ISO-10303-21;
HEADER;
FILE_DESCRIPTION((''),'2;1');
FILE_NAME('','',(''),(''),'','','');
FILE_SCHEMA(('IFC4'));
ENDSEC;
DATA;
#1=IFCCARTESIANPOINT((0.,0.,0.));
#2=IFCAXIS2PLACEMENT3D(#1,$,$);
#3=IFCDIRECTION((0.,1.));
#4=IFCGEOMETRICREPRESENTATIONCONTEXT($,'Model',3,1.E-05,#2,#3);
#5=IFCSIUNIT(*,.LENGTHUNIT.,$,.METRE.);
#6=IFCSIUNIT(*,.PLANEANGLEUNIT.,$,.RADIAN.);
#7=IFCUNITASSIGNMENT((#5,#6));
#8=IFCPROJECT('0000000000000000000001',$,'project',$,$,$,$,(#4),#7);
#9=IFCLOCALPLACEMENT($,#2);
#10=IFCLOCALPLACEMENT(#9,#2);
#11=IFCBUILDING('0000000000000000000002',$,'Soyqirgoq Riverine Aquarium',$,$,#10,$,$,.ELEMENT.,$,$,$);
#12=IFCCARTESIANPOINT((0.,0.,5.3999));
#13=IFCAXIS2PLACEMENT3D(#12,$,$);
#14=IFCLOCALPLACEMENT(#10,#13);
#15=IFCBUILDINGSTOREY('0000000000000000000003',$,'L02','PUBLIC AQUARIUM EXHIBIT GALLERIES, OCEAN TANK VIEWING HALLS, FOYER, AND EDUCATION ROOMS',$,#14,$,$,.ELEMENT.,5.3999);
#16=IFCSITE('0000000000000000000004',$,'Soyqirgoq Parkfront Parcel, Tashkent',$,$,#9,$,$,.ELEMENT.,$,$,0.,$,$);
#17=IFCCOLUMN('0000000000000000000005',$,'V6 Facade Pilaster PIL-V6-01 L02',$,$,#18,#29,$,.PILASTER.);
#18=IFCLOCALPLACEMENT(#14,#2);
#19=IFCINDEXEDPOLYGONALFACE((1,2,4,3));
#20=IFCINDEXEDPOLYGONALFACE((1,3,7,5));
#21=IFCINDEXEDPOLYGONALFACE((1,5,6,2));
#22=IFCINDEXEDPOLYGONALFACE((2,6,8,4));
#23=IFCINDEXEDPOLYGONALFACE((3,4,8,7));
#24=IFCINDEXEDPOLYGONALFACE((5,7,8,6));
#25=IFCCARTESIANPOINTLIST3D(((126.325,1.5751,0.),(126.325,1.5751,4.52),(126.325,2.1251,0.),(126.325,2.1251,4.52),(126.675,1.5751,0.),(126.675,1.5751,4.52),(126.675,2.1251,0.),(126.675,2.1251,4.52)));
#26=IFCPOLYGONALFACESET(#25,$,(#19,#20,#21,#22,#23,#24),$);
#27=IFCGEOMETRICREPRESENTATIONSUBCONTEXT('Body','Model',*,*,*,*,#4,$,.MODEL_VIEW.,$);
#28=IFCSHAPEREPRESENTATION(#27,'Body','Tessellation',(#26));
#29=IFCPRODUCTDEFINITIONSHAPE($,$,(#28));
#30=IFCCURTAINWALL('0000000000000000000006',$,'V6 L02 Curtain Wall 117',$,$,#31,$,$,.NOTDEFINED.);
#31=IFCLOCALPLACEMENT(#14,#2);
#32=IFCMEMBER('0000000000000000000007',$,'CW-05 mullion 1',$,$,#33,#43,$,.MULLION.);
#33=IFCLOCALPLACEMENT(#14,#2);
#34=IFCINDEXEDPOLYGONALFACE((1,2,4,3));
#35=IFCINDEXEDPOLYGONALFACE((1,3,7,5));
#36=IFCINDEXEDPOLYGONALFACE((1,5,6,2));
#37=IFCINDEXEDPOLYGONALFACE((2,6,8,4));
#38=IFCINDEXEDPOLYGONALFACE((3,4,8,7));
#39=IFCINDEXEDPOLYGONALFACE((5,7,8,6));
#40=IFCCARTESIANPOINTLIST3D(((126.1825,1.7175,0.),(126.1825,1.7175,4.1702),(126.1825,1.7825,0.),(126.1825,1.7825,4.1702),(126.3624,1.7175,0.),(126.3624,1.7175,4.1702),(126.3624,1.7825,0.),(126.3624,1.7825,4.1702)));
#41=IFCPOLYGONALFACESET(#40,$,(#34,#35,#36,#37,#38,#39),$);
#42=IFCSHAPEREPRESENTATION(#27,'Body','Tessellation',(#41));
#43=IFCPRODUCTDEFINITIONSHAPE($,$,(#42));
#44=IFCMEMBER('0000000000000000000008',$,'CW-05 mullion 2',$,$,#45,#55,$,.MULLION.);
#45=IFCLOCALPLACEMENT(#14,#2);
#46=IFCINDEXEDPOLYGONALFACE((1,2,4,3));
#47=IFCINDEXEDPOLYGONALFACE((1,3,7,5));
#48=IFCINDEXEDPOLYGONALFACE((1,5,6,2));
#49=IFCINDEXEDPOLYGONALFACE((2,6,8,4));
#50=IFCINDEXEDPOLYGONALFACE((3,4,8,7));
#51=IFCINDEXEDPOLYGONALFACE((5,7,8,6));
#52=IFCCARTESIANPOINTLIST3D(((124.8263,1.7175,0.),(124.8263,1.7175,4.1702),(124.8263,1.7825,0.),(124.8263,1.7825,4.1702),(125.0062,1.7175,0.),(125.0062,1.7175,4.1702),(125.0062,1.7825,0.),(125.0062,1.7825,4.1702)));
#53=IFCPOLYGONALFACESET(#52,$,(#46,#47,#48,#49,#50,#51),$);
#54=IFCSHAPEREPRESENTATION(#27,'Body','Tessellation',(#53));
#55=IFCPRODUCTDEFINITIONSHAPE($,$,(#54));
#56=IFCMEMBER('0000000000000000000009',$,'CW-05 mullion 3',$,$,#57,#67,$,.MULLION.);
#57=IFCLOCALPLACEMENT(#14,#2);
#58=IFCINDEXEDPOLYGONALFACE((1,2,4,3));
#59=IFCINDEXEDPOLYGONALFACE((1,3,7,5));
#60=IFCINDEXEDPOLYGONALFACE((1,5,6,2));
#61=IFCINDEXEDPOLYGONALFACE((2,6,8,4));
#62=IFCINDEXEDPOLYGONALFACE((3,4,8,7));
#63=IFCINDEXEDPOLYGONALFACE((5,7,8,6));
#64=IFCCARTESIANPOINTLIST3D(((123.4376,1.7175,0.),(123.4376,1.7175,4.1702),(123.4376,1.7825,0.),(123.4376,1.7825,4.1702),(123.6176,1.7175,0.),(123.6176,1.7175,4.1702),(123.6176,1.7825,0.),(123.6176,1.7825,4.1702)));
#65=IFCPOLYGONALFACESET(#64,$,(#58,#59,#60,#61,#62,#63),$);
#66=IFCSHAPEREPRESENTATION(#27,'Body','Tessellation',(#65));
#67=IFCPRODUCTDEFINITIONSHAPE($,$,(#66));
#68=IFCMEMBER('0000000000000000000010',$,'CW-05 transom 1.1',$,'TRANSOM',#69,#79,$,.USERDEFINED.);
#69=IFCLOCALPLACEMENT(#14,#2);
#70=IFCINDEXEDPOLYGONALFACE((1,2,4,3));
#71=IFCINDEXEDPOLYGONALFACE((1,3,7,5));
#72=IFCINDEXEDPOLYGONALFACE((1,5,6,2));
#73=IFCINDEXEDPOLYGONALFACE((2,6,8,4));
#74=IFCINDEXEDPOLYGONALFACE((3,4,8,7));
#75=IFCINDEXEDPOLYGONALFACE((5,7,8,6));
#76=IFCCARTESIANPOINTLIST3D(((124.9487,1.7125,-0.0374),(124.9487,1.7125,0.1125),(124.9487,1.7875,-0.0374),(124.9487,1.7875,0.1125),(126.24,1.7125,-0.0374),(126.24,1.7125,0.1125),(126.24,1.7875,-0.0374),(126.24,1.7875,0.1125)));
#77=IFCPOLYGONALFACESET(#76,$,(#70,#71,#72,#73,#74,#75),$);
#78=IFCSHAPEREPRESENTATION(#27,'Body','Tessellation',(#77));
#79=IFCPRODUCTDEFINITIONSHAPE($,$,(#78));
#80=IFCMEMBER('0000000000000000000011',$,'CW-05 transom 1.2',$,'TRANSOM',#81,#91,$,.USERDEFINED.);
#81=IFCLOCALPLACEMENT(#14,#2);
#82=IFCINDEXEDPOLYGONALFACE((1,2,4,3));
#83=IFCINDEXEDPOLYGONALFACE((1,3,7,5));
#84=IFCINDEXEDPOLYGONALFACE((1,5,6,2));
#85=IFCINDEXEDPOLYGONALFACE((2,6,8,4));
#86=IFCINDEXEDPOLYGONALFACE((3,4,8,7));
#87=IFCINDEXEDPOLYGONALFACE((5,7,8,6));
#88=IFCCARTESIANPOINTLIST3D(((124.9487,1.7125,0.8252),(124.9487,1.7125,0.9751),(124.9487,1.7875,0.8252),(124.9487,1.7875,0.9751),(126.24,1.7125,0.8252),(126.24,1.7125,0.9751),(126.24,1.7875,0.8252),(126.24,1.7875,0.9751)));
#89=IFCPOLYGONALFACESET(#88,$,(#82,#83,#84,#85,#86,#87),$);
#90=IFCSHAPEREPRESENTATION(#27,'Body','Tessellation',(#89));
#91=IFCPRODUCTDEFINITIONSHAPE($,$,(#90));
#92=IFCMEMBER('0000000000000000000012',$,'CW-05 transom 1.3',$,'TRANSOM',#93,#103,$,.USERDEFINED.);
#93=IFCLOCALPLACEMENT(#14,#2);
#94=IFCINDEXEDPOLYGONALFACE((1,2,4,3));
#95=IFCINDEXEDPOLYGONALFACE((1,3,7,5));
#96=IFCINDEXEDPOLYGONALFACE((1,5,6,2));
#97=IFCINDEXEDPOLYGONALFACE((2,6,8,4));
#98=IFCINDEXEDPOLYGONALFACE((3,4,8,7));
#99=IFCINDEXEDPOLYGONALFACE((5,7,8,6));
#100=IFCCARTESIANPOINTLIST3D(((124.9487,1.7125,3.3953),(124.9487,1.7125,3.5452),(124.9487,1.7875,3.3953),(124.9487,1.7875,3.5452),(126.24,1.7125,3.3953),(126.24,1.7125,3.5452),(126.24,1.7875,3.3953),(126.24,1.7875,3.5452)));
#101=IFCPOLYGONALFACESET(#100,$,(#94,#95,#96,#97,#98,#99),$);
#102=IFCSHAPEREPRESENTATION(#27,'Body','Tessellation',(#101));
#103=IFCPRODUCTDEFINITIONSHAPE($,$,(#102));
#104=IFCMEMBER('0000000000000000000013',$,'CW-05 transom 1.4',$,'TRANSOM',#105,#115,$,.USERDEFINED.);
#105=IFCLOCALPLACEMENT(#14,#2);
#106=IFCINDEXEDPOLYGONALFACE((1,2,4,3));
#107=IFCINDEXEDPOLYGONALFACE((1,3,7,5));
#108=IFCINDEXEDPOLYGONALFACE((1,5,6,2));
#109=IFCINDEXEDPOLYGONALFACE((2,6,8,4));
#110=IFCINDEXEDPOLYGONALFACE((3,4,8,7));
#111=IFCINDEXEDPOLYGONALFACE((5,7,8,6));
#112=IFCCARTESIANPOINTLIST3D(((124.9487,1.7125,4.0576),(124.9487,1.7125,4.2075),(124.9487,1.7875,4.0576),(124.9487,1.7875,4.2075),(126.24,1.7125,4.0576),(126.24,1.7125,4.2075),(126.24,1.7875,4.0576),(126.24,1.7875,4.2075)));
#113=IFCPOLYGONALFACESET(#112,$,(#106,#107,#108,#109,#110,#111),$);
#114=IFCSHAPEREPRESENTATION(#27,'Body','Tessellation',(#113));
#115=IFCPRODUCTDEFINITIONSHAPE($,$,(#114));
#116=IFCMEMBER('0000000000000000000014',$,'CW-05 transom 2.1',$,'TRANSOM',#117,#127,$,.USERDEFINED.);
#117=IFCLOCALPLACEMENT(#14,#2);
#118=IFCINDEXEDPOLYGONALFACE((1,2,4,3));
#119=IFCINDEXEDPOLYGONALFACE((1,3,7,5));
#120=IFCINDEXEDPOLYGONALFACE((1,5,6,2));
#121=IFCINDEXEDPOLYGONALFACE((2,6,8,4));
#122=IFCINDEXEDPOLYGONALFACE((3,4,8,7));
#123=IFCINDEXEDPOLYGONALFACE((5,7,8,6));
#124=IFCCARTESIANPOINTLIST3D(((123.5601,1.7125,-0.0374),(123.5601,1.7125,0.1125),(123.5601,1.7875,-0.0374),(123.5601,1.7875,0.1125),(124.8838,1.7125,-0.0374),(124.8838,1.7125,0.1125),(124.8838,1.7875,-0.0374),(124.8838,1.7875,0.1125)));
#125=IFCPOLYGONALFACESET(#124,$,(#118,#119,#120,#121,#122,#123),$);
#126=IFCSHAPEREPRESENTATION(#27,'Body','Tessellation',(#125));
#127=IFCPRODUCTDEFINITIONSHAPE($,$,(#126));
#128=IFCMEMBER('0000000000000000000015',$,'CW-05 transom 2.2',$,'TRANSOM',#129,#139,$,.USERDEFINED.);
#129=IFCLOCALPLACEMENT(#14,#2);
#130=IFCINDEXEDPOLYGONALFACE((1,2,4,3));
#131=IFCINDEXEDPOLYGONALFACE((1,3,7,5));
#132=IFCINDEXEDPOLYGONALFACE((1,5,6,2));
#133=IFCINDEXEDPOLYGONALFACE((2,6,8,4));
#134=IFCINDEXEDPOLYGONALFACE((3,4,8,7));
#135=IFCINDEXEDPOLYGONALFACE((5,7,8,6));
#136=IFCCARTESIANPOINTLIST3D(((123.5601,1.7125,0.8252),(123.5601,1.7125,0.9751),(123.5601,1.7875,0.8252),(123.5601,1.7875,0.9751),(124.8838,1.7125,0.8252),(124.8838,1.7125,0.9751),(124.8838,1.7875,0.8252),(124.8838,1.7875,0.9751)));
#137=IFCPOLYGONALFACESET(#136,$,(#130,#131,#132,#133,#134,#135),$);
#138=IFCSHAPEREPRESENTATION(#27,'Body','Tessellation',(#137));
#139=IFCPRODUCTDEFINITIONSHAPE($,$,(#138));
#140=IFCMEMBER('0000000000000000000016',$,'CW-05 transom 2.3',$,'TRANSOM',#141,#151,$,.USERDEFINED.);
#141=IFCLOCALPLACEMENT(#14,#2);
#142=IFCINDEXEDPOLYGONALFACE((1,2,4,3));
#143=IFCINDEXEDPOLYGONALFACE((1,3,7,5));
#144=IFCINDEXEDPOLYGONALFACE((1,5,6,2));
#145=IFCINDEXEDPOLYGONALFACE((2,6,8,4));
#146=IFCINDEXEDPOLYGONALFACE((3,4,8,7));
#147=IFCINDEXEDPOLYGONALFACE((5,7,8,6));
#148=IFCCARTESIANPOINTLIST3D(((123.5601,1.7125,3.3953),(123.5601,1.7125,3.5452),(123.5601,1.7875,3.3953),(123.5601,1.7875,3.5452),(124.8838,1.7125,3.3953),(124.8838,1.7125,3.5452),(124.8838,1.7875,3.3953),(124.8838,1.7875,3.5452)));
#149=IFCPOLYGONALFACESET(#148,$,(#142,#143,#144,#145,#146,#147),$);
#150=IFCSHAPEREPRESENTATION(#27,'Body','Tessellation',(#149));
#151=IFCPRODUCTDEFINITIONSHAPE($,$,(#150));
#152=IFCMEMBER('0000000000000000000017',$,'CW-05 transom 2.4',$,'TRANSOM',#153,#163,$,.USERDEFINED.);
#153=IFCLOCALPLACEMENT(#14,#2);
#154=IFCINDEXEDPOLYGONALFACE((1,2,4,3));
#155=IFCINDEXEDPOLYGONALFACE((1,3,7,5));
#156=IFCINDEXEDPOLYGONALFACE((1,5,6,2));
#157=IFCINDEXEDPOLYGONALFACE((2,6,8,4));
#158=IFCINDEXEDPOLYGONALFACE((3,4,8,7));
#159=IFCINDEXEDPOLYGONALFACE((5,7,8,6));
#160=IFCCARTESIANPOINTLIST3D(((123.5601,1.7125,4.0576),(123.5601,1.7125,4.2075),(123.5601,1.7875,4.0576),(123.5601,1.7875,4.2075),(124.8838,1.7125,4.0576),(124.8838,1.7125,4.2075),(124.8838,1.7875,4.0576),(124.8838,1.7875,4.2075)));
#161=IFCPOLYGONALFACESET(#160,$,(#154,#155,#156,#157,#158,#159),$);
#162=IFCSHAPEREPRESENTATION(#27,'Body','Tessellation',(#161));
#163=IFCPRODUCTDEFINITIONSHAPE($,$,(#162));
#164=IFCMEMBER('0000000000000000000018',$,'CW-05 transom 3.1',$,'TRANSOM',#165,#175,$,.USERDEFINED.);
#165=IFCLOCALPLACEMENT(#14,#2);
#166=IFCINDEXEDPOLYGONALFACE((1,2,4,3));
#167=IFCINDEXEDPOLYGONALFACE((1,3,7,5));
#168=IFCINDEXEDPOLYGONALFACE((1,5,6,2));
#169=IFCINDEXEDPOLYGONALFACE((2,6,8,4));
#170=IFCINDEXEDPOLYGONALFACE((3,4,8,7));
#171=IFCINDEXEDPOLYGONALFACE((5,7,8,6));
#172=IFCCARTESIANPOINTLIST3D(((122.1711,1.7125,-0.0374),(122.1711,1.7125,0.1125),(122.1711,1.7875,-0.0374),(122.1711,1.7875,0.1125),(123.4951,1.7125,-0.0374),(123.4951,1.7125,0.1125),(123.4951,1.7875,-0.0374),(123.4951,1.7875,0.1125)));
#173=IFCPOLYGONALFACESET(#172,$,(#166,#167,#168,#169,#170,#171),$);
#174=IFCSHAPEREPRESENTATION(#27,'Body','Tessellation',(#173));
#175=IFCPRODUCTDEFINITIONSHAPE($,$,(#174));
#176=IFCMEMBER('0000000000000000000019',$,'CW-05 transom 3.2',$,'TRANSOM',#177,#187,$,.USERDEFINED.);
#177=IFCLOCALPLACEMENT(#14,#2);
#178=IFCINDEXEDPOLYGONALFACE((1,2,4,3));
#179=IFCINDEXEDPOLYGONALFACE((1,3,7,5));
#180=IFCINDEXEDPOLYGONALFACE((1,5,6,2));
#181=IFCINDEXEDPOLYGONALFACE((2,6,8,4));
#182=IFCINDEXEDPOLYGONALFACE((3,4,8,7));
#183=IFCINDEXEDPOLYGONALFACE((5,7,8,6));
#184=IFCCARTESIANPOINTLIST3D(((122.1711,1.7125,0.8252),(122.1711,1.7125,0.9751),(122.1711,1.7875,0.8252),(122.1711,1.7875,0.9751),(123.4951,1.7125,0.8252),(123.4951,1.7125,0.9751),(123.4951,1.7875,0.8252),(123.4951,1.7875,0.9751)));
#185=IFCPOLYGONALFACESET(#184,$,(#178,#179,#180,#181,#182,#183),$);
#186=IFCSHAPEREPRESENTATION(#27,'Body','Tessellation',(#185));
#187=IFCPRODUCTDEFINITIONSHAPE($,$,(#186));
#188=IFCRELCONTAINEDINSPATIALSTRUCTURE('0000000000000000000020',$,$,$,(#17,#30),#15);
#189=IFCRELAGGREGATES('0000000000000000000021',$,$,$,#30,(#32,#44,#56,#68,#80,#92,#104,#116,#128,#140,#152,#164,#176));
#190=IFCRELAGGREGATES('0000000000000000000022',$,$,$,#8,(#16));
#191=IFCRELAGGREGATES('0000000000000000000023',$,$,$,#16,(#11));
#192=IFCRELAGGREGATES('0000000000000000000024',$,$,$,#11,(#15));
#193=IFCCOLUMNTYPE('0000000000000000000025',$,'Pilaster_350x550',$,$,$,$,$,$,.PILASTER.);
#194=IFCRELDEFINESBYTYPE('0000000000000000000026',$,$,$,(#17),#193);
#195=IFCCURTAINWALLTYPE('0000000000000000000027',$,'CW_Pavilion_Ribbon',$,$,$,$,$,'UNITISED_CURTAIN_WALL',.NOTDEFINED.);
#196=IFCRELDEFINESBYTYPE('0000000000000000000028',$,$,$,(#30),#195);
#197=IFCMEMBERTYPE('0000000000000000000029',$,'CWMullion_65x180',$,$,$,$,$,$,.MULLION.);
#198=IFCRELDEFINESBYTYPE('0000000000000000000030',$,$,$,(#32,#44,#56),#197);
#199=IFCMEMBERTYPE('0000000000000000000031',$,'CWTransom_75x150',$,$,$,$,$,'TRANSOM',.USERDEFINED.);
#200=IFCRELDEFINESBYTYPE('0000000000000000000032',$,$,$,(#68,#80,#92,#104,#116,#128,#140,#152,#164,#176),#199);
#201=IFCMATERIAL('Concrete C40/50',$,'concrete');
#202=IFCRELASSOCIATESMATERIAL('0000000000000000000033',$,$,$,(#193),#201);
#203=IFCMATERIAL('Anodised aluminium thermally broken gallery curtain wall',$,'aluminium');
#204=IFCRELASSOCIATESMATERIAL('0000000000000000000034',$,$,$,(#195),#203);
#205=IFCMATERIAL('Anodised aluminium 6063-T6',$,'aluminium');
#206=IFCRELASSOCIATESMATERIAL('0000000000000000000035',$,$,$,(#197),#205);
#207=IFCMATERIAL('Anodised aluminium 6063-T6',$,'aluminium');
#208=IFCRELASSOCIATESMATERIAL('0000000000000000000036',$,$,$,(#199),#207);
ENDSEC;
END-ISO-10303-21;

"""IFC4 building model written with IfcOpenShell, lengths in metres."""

from ifc_helpers import new_model, si_unit, direction, frame, origin, origin_2d, place, context, subcontext, project, spatial, rectangle, extrude, material, material_profile, profile_set, type_object, element, aggregate, save


model = new_model("IFC4")

# Units and contexts
model_context = context("Model", 3, precision=1e-05, world=origin(), true_north=direction((0.0, 1.0)))
body_context = subcontext(model_context, "Body", "Model", "MODEL_VIEW")
ifc_project = project(units=[si_unit("LENGTHUNIT", "METRE"), si_unit("PLANEANGLEUNIT", "RADIAN")], contexts=[model_context])

# Site, building, storey
site_placement = place(None, origin())
site = spatial("IfcSite", under=ifc_project, at=site_placement, Name="Soyqirgoq Parkfront Parcel, Tashkent", CompositionType="ELEMENT", RefElevation=0.0)
building_placement = place(site_placement, origin())
building = spatial("IfcBuilding", under=site, at=building_placement, Name="Soyqirgoq Riverine Aquarium", CompositionType="ELEMENT")
storey_placement = place(building_placement, frame((0.0, 0.0, 5.3999)))
storey = spatial("IfcBuildingStorey", under=building, at=storey_placement, Name="L02", Description="PUBLIC AQUARIUM EXHIBIT GALLERIES, OCEAN TANK VIEWING HALLS, FOYER, AND EDUCATION ROOMS", CompositionType="ELEMENT", Elevation=5.3999)

# Column
ifc_material_1 = material(Name="Concrete C40/50", Category="concrete")
ifc_material_profile_1 = material_profile(ifc_material_1, rectangle(XDim=0.3501, YDim=0.55, at=origin_2d()), Name="RC-PIL 350x550")
ifc_profile_set_1 = profile_set([ifc_material_profile_1], Name="Concrete C40/50")
column_type = type_object("IfcColumnType", Name="Pilaster_350x550", PredefinedType="PILASTER", material=ifc_profile_set_1)
column_placement = place(storey_placement, frame((126.5, 1.8501, 0.0), z_axis=(0.0, 0.0, 1.0), x_axis=(1.0, 0.0, 0.0)))
element("IfcColumn", 1, at=column_placement, inside=storey, type_object=column_type, Name="V6 Facade Pilaster PIL-V6-01 L02", PredefinedType="PILASTER", context=body_context, shape_type="SweptSolid", body=[
    extrude(rectangle(XDim=0.3501, YDim=0.55, at=origin_2d()), origin(), (0.0, 0.0, 1.0), 4.52),
])

# Curtain wall, members
ifc_material_2 = material(Name="Anodised aluminium thermally broken gallery curtain wall", Category="aluminium")
curtain_wall_type = type_object("IfcCurtainWallType", Name="CW_Pavilion_Ribbon", ElementType="UNITISED_CURTAIN_WALL", PredefinedType="NOTDEFINED", material=ifc_material_2)
curtain_wall_placement = place(storey_placement, origin())
curtain_wall = element("IfcCurtainWall", 2, at=curtain_wall_placement, inside=storey, type_object=curtain_wall_type, Name="V6 L02 Curtain Wall 117", PredefinedType="NOTDEFINED")
ifc_material_3 = material(Name="Anodised aluminium 6063-T6", Category="aluminium")
ifc_material_profile_2 = material_profile(ifc_material_3, rectangle(XDim=0.0649, YDim=0.1799, at=origin_2d()), Name="ALU-M 65x180")
ifc_profile_set_2 = profile_set([ifc_material_profile_2], Name="Anodised aluminium 6063-T6")
member_type_1 = type_object("IfcMemberType", Name="CWMullion_65x180", PredefinedType="MULLION", material=ifc_profile_set_2)
member_1_placement = place(storey_placement, frame((126.2725, 1.75, 0.0), z_axis=(0.0, 0.0, 1.0), x_axis=(0.0, -1.0, 0.0)))
member_1 = element("IfcMember", 3, at=member_1_placement, type_object=member_type_1, Name="CW-05 mullion 1", PredefinedType="MULLION", context=body_context, shape_type="SweptSolid", body=[
    extrude(rectangle(XDim=0.0649, YDim=0.1799, at=origin_2d()), origin(), (0.0, 0.0, 1.0), 4.1702),
])
member_2_placement = place(storey_placement, frame((124.9163, 1.75, 0.0), z_axis=(0.0, 0.0, 1.0), x_axis=(0.0, -1.0, 0.0)))
member_2 = element("IfcMember", 4, at=member_2_placement, type_object=member_type_1, Name="CW-05 mullion 2", PredefinedType="MULLION", context=body_context, shape_type="SweptSolid", body=[
    extrude(rectangle(XDim=0.0649, YDim=0.1799, at=origin_2d()), origin(), (0.0, 0.0, 1.0), 4.1702),
])
member_3_placement = place(storey_placement, frame((123.5276, 1.75, 0.0), z_axis=(0.0, 0.0, 1.0), x_axis=(0.0, -1.0, 0.0)))
member_3 = element("IfcMember", 5, at=member_3_placement, type_object=member_type_1, Name="CW-05 mullion 3", PredefinedType="MULLION", context=body_context, shape_type="SweptSolid", body=[
    extrude(rectangle(XDim=0.0649, YDim=0.1799, at=origin_2d()), origin(), (0.0, 0.0, 1.0), 4.1702),
])
ifc_material_4 = material(Name="Anodised aluminium 6063-T6", Category="aluminium")
ifc_material_profile_3 = material_profile(ifc_material_4, rectangle(XDim=0.075, YDim=0.1499, at=origin_2d()), Name="ALU-T 75x150")
ifc_profile_set_3 = profile_set([ifc_material_profile_3], Name="Anodised aluminium 6063-T6")
member_type_2 = type_object("IfcMemberType", Name="CWTransom_75x150", ElementType="TRANSOM", PredefinedType="USERDEFINED", material=ifc_profile_set_3)
member_4_placement = place(storey_placement, frame((126.24, 1.75, 0.0376), z_axis=(-1.0, 0.0, 0.0), x_axis=(0.0, -1.0, 0.0)))
member_4 = element("IfcMember", 6, at=member_4_placement, type_object=member_type_2, Name="CW-05 transom 1.1", ObjectType="TRANSOM", PredefinedType="USERDEFINED", context=body_context, shape_type="SweptSolid", body=[
    extrude(rectangle(XDim=0.075, YDim=0.1499, at=origin_2d()), origin(), (0.0, 0.0, 1.0), 1.2913),
])
member_5_placement = place(storey_placement, frame((126.24, 1.75, 0.9001), z_axis=(-1.0, 0.0, 0.0), x_axis=(0.0, -1.0, 0.0)))
member_5 = element("IfcMember", 7, at=member_5_placement, type_object=member_type_2, Name="CW-05 transom 1.2", ObjectType="TRANSOM", PredefinedType="USERDEFINED", context=body_context, shape_type="SweptSolid", body=[
    extrude(rectangle(XDim=0.075, YDim=0.1499, at=origin_2d()), origin(), (0.0, 0.0, 1.0), 1.2913),
])
member_6_placement = place(storey_placement, frame((126.24, 1.75, 3.4702), z_axis=(-1.0, 0.0, 0.0), x_axis=(0.0, -1.0, 0.0)))
member_6 = element("IfcMember", 8, at=member_6_placement, type_object=member_type_2, Name="CW-05 transom 1.3", ObjectType="TRANSOM", PredefinedType="USERDEFINED", context=body_context, shape_type="SweptSolid", body=[
    extrude(rectangle(XDim=0.075, YDim=0.1499, at=origin_2d()), origin(), (0.0, 0.0, 1.0), 1.2913),
])
member_7_placement = place(storey_placement, frame((126.24, 1.75, 4.1326), z_axis=(-1.0, 0.0, 0.0), x_axis=(0.0, -1.0, 0.0)))
member_7 = element("IfcMember", 9, at=member_7_placement, type_object=member_type_2, Name="CW-05 transom 1.4", ObjectType="TRANSOM", PredefinedType="USERDEFINED", context=body_context, shape_type="SweptSolid", body=[
    extrude(rectangle(XDim=0.075, YDim=0.1499, at=origin_2d()), origin(), (0.0, 0.0, 1.0), 1.2913),
])
member_8_placement = place(storey_placement, frame((124.8838, 1.75, 0.0376), z_axis=(-1.0, 0.0, 0.0), x_axis=(0.0, -1.0, 0.0)))
member_8 = element("IfcMember", 10, at=member_8_placement, type_object=member_type_2, Name="CW-05 transom 2.1", ObjectType="TRANSOM", PredefinedType="USERDEFINED", context=body_context, shape_type="SweptSolid", body=[
    extrude(rectangle(XDim=0.075, YDim=0.1499, at=origin_2d()), origin(), (0.0, 0.0, 1.0), 1.3237),
])
member_9_placement = place(storey_placement, frame((124.8838, 1.75, 0.9001), z_axis=(-1.0, 0.0, 0.0), x_axis=(0.0, -1.0, 0.0)))
member_9 = element("IfcMember", 11, at=member_9_placement, type_object=member_type_2, Name="CW-05 transom 2.2", ObjectType="TRANSOM", PredefinedType="USERDEFINED", context=body_context, shape_type="SweptSolid", body=[
    extrude(rectangle(XDim=0.075, YDim=0.1499, at=origin_2d()), origin(), (0.0, 0.0, 1.0), 1.3237),
])
member_10_placement = place(storey_placement, frame((124.8838, 1.75, 3.4702), z_axis=(-1.0, 0.0, 0.0), x_axis=(0.0, -1.0, 0.0)))
member_10 = element("IfcMember", 12, at=member_10_placement, type_object=member_type_2, Name="CW-05 transom 2.3", ObjectType="TRANSOM", PredefinedType="USERDEFINED", context=body_context, shape_type="SweptSolid", body=[
    extrude(rectangle(XDim=0.075, YDim=0.1499, at=origin_2d()), origin(), (0.0, 0.0, 1.0), 1.3237),
])
member_11_placement = place(storey_placement, frame((124.8838, 1.75, 4.1326), z_axis=(-1.0, 0.0, 0.0), x_axis=(0.0, -1.0, 0.0)))
member_11 = element("IfcMember", 13, at=member_11_placement, type_object=member_type_2, Name="CW-05 transom 2.4", ObjectType="TRANSOM", PredefinedType="USERDEFINED", context=body_context, shape_type="SweptSolid", body=[
    extrude(rectangle(XDim=0.075, YDim=0.1499, at=origin_2d()), origin(), (0.0, 0.0, 1.0), 1.3237),
])
member_12_placement = place(storey_placement, frame((123.4951, 1.75, 0.0376), z_axis=(-1.0, 0.0, 0.0), x_axis=(0.0, -1.0, 0.0)))
member_12 = element("IfcMember", 14, at=member_12_placement, type_object=member_type_2, Name="CW-05 transom 3.1", ObjectType="TRANSOM", PredefinedType="USERDEFINED", context=body_context, shape_type="SweptSolid", body=[
    extrude(rectangle(XDim=0.075, YDim=0.1499, at=origin_2d()), origin(), (0.0, 0.0, 1.0), 1.324),
])
member_13_placement = place(storey_placement, frame((123.4951, 1.75, 0.9001), z_axis=(-1.0, 0.0, 0.0), x_axis=(0.0, -1.0, 0.0)))
member_13 = element("IfcMember", 15, at=member_13_placement, type_object=member_type_2, Name="CW-05 transom 3.2", ObjectType="TRANSOM", PredefinedType="USERDEFINED", context=body_context, shape_type="SweptSolid", body=[
    extrude(rectangle(XDim=0.075, YDim=0.1499, at=origin_2d()), origin(), (0.0, 0.0, 1.0), 1.324),
])
aggregate(curtain_wall, [member_1, member_2, member_3, member_4, member_5, member_6, member_7, member_8, member_9, member_10, member_11, member_12, member_13])

save(model, "model.ifc")
